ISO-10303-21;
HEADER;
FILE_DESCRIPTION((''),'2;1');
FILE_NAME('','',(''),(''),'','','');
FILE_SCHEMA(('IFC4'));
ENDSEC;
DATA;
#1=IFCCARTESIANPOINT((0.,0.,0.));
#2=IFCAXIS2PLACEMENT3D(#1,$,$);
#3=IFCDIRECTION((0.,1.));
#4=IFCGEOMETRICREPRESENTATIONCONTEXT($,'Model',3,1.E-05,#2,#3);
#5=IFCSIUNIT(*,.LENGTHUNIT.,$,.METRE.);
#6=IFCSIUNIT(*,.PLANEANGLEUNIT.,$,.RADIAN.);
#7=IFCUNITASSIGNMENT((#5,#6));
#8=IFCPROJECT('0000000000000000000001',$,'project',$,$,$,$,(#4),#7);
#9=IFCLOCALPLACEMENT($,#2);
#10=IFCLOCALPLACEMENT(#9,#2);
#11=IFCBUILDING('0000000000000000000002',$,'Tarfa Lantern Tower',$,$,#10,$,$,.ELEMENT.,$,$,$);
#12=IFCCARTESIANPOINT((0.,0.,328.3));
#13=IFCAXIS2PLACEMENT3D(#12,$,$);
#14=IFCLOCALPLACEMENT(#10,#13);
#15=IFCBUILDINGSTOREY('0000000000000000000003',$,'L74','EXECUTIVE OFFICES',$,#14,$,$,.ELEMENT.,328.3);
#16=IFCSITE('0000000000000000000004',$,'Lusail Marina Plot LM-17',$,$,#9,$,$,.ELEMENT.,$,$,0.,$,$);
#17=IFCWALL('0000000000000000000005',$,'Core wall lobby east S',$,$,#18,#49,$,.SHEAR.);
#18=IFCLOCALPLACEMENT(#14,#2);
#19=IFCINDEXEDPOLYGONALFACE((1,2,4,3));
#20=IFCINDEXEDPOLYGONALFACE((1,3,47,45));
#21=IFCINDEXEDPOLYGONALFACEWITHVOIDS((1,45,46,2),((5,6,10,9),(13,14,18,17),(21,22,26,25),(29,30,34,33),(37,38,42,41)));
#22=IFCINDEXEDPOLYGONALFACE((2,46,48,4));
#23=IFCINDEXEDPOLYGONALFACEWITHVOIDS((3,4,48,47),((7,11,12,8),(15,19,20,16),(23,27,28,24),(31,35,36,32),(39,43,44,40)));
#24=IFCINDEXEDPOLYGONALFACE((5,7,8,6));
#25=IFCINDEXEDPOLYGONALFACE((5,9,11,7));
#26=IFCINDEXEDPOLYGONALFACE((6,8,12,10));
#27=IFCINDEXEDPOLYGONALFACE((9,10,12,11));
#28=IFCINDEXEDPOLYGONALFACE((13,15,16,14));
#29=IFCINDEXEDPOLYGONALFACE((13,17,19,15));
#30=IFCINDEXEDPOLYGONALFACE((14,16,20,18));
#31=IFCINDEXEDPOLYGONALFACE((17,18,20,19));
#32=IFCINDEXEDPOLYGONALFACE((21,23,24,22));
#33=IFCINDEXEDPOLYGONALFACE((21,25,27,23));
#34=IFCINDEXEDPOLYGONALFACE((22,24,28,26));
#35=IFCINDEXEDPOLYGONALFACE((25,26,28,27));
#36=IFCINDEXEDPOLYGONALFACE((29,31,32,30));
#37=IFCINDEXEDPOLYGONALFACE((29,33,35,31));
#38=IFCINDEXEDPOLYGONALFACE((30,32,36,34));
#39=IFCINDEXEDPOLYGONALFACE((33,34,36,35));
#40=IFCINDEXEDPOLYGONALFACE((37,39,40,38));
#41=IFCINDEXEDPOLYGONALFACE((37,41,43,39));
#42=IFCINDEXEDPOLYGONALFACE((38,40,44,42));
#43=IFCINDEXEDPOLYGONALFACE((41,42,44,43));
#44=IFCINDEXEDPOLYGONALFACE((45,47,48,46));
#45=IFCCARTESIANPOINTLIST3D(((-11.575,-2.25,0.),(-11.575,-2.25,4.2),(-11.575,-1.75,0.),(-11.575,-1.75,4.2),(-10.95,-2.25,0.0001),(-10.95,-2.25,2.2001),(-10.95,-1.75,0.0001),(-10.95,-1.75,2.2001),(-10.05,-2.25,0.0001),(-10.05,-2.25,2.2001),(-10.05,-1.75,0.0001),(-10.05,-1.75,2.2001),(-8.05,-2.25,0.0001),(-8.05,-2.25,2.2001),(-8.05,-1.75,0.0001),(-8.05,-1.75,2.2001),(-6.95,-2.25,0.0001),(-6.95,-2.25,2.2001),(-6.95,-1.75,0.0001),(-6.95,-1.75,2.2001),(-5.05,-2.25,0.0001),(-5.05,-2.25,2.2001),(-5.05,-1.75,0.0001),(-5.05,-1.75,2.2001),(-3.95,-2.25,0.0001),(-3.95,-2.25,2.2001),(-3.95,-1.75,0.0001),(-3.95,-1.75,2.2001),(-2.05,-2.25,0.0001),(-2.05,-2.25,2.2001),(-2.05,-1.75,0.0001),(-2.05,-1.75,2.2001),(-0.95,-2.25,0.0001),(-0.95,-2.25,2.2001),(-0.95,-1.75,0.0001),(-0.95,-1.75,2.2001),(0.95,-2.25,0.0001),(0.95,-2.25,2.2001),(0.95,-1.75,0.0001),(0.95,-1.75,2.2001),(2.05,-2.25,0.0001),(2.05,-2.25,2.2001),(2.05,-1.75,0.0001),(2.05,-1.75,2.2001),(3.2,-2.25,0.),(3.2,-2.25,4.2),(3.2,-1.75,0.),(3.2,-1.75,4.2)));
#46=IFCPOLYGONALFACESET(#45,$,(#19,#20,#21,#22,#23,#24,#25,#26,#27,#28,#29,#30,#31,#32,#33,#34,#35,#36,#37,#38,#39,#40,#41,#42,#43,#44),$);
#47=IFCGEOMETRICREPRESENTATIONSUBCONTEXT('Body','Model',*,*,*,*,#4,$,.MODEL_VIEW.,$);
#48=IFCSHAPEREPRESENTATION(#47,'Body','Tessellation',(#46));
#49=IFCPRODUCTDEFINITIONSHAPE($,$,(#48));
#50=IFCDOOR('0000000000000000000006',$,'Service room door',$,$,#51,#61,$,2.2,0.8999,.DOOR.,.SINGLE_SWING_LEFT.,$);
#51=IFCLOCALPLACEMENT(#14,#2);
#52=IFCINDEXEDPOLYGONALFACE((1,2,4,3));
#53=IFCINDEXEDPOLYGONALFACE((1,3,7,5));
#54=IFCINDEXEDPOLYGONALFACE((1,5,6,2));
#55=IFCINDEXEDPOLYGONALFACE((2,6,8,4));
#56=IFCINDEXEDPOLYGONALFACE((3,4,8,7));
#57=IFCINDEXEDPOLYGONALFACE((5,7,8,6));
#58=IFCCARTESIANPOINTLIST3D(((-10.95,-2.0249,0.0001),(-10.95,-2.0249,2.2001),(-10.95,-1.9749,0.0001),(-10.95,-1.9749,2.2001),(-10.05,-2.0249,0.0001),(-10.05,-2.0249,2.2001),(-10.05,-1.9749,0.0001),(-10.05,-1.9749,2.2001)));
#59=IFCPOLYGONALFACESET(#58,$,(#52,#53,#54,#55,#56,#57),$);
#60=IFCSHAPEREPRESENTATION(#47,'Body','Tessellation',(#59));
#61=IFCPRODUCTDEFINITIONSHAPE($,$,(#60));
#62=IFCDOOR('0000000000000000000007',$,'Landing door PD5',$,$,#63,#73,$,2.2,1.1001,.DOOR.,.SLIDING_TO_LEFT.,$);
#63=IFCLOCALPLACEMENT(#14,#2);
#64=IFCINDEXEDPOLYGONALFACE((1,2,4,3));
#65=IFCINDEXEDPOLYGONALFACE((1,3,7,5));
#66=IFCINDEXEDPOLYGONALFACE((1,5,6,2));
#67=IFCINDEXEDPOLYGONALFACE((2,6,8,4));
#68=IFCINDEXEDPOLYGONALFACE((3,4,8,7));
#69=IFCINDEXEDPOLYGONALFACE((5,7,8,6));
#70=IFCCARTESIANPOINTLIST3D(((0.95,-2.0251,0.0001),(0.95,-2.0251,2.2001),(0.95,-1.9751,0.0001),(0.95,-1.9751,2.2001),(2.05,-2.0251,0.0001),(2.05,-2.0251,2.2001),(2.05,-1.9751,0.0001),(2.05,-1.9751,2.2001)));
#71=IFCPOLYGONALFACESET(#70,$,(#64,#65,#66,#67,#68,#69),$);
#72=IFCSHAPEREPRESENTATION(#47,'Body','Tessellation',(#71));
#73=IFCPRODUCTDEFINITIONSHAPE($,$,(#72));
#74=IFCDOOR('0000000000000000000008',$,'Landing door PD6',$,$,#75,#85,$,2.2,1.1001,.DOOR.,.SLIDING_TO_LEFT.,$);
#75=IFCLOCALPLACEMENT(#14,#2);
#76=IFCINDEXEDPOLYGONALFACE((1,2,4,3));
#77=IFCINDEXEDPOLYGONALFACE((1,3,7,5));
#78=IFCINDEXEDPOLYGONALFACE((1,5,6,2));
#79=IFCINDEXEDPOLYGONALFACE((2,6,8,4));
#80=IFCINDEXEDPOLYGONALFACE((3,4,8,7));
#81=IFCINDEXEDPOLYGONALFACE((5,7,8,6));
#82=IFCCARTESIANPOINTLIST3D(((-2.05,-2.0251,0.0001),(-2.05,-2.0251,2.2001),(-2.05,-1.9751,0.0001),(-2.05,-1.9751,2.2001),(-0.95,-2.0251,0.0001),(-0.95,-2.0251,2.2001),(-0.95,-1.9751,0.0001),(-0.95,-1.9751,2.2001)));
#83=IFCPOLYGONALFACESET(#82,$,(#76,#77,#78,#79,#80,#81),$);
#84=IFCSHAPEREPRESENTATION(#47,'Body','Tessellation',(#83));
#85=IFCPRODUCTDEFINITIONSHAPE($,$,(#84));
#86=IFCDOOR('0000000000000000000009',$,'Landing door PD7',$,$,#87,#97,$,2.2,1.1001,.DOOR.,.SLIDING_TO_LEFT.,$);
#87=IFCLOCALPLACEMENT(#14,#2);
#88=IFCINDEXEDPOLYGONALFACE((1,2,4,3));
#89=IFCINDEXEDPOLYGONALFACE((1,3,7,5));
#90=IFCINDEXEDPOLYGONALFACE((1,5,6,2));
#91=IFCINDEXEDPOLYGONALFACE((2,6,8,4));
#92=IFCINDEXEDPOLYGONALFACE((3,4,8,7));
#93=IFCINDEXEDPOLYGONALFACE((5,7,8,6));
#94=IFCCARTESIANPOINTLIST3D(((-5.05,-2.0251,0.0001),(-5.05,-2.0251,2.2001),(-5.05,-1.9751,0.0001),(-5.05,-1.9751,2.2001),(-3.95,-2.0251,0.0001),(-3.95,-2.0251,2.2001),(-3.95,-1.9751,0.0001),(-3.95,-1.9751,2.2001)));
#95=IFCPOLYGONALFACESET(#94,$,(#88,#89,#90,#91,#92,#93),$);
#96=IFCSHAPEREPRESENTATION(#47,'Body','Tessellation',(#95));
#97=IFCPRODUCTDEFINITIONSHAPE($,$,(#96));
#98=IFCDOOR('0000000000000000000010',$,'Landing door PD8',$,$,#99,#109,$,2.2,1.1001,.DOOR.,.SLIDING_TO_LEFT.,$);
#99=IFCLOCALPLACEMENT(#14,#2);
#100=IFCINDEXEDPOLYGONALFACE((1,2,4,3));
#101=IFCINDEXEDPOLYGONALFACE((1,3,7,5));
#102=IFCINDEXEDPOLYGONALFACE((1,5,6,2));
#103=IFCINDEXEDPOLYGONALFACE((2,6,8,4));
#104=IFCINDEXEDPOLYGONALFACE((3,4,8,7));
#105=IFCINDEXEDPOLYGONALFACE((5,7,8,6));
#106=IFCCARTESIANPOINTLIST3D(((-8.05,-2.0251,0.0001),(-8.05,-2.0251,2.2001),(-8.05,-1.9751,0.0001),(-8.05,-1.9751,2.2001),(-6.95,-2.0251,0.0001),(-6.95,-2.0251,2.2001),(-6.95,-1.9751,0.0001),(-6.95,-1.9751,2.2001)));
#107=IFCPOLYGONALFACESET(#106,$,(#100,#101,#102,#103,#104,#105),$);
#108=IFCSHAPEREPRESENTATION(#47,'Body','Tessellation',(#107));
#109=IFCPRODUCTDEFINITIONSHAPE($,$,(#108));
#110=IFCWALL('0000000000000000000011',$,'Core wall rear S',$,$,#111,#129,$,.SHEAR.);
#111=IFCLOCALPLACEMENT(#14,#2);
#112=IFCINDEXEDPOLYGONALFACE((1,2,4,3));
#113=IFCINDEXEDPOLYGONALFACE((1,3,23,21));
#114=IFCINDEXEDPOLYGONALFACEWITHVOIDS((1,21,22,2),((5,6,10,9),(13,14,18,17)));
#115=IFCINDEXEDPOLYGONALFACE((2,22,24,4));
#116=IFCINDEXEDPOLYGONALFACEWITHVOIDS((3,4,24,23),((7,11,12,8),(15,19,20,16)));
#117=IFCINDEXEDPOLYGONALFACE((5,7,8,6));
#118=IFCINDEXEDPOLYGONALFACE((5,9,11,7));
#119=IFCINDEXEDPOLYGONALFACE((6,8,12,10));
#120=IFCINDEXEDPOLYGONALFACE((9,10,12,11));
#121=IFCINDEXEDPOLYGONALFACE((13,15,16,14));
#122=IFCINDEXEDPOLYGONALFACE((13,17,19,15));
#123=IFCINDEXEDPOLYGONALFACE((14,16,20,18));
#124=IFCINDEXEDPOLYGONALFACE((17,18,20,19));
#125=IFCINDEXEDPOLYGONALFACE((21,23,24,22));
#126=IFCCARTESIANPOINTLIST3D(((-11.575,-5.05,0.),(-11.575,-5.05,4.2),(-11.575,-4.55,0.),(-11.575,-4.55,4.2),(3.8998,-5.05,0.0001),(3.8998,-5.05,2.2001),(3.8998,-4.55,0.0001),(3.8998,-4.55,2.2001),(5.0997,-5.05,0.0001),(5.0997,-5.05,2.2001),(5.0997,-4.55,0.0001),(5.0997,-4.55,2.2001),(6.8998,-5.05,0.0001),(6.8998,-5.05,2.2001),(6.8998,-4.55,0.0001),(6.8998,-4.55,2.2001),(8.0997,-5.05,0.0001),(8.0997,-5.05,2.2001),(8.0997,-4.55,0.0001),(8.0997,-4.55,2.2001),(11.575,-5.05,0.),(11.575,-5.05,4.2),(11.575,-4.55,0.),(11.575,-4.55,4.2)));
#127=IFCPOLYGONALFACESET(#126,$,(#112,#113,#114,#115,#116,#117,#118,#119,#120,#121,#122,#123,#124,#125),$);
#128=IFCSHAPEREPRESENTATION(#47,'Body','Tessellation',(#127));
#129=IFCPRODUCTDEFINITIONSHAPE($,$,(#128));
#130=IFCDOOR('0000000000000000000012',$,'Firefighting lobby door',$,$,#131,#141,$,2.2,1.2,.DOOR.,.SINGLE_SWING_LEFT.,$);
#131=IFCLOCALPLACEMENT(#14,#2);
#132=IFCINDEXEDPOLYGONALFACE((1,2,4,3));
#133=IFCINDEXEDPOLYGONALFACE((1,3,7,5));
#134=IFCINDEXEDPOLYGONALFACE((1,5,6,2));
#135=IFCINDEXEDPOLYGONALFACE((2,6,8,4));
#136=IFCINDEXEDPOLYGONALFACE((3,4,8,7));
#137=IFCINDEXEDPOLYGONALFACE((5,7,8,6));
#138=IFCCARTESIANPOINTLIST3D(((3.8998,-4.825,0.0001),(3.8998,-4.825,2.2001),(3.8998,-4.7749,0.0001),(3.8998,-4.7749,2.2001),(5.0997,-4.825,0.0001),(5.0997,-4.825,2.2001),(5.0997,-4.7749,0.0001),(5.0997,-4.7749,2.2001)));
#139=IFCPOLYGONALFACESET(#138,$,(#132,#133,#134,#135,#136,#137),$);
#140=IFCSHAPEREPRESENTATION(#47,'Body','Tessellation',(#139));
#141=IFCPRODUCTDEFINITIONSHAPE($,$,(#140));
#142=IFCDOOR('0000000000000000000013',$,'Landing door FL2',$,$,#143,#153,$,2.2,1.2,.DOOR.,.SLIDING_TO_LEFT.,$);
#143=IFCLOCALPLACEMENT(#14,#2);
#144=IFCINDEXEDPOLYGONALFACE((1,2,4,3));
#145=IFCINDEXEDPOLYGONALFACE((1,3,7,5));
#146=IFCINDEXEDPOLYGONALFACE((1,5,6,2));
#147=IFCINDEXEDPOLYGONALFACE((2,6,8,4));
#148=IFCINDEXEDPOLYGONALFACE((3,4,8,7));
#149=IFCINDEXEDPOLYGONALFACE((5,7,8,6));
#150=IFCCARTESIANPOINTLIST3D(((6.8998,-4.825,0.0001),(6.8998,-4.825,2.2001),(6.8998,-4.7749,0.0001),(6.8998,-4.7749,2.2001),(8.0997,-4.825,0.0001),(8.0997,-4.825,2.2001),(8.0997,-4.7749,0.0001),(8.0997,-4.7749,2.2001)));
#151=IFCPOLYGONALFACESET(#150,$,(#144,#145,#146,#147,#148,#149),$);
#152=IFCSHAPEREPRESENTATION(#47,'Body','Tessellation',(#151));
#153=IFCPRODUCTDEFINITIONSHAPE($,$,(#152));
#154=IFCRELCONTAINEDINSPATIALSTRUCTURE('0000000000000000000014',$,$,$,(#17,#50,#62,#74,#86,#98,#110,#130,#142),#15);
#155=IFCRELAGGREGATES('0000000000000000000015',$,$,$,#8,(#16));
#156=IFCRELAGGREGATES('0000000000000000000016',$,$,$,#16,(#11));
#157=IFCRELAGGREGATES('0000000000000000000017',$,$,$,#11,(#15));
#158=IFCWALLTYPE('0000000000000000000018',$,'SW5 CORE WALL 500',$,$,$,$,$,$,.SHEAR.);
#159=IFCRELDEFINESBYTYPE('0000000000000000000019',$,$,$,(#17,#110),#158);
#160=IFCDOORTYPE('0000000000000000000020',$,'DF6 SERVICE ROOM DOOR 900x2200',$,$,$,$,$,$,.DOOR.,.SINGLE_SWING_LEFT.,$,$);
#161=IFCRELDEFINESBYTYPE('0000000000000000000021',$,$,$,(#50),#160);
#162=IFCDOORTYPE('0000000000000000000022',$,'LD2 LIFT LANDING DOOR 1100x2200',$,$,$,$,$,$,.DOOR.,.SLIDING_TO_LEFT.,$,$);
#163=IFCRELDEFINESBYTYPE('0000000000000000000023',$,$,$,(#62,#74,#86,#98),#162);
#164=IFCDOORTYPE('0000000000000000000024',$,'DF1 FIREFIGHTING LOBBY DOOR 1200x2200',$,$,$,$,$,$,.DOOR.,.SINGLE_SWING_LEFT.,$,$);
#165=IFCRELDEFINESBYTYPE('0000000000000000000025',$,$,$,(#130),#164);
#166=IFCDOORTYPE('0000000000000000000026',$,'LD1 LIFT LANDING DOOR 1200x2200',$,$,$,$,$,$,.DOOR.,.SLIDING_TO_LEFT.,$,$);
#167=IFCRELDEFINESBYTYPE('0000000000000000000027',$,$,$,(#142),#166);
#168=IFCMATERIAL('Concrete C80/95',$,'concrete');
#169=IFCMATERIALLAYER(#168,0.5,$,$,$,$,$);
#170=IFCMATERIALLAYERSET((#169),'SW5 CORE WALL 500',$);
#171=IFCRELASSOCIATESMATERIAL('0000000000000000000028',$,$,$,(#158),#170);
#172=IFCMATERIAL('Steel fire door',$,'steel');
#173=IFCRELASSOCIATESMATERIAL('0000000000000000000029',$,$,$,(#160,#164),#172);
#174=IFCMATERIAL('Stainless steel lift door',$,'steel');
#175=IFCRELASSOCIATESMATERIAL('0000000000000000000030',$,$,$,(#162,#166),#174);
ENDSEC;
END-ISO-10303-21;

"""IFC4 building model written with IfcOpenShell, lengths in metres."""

from ifc_helpers import new_model, si_unit, direction, frame, frame_2d, origin, place, context, subcontext, project, spatial, rectangle, extrude, material, layer, layer_set, type_object, element, fill, save


model = new_model("IFC4")

# Units and contexts
model_context = context("Model", 3, precision=1e-05, world=origin(), true_north=direction((0.0, 1.0)))
body_context = subcontext(model_context, "Body", "Model", "MODEL_VIEW")
ifc_project = project(units=[si_unit("LENGTHUNIT", "METRE"), si_unit("PLANEANGLEUNIT", "RADIAN")], contexts=[model_context])

# Site, building, storey
site_placement = place(None, origin())
site = spatial("IfcSite", under=ifc_project, at=site_placement, Name="Lusail Marina Plot LM-17", CompositionType="ELEMENT", RefElevation=0.0)
building_placement = place(site_placement, origin())
building = spatial("IfcBuilding", under=site, at=building_placement, Name="Tarfa Lantern Tower", CompositionType="ELEMENT")
storey_placement = place(building_placement, frame((0.0, 0.0, 328.3)))
storey = spatial("IfcBuildingStorey", under=building, at=storey_placement, Name="L74", Description="EXECUTIVE OFFICES", CompositionType="ELEMENT", Elevation=328.3)

# Shared definitions
ifc_material_1 = material(Name="Concrete C80/95", Category="concrete")

# Shared definitions
ifc_layer_1 = layer(ifc_material_1, 0.5)
ifc_layer_set_1 = layer_set([ifc_layer_1], Name="SW5 CORE WALL 500")
wall_type_1 = type_object("IfcWallType", Name="SW5 CORE WALL 500", PredefinedType="SHEAR", material=ifc_layer_set_1)
ifc_material_2 = material(Name="Steel fire door", Category="steel")
door_type_1 = type_object("IfcDoorType", Name="DF6 SERVICE ROOM DOOR 900x2200", OperationType="SINGLE_SWING_LEFT", PredefinedType="DOOR", material=ifc_material_2)

# Walls, openings, doors
wall_1_placement = place(storey_placement, frame((3.2, -2.0, 0.0), z_axis=(0.0, 0.0, 1.0), x_axis=(-1.0, 0.0, 0.0)))
wall_1 = element("IfcWall", 1, at=wall_1_placement, inside=storey, type_object=wall_type_1, Name="Core wall lobby east S", PredefinedType="SHEAR", context=body_context, shape_type="SweptSolid", body=[
    extrude(rectangle(XDim=14.7749, YDim=0.5, at=frame_2d((7.3875, 0.0))), origin(), (0.0, 0.0, 1.0), 4.2),
])
opening_1_placement = place(wall_1_placement, frame((13.25, 0.0, 0.0)))
opening_1 = element("IfcOpeningElement", 2, at=opening_1_placement, cuts=wall_1, PredefinedType="OPENING", context=body_context, shape_type="SweptSolid", body=[
    extrude(rectangle(XDim=0.8999, YDim=2.2, at=frame_2d((0.45, 1.1001))), frame((0.0, 0.26, 0.0), z_axis=(0.0, -1.0, 0.0), x_axis=(1.0, 0.0, 0.0)), (0.0, 0.0, 1.0), 0.52),
])
opening_2_placement = place(wall_1_placement, frame((1.1499, 0.0, 0.0)))
opening_2 = element("IfcOpeningElement", 3, at=opening_2_placement, cuts=wall_1, PredefinedType="OPENING", context=body_context, shape_type="SweptSolid", body=[
    extrude(rectangle(XDim=1.1001, YDim=2.2, at=frame_2d((0.55, 1.1001))), frame((0.0, 0.26, 0.0), z_axis=(0.0, -1.0, 0.0), x_axis=(1.0, 0.0, 0.0)), (0.0, 0.0, 1.0), 0.52),
])
opening_3_placement = place(wall_1_placement, frame((4.1499, 0.0, 0.0)))
opening_3 = element("IfcOpeningElement", 4, at=opening_3_placement, cuts=wall_1, PredefinedType="OPENING", context=body_context, shape_type="SweptSolid", body=[
    extrude(rectangle(XDim=1.1001, YDim=2.2, at=frame_2d((0.55, 1.1001))), frame((0.0, 0.26, 0.0), z_axis=(0.0, -1.0, 0.0), x_axis=(1.0, 0.0, 0.0)), (0.0, 0.0, 1.0), 0.52),
])
opening_4_placement = place(wall_1_placement, frame((7.1499, 0.0, 0.0)))
opening_4 = element("IfcOpeningElement", 5, at=opening_4_placement, cuts=wall_1, PredefinedType="OPENING", context=body_context, shape_type="SweptSolid", body=[
    extrude(rectangle(XDim=1.1001, YDim=2.2, at=frame_2d((0.55, 1.1001))), frame((0.0, 0.26, 0.0), z_axis=(0.0, -1.0, 0.0), x_axis=(1.0, 0.0, 0.0)), (0.0, 0.0, 1.0), 0.52),
])
opening_5_placement = place(wall_1_placement, frame((10.1499, 0.0, 0.0)))
opening_5 = element("IfcOpeningElement", 6, at=opening_5_placement, cuts=wall_1, PredefinedType="OPENING", context=body_context, shape_type="SweptSolid", body=[
    extrude(rectangle(XDim=1.1001, YDim=2.2, at=frame_2d((0.55, 1.1001))), frame((0.0, 0.26, 0.0), z_axis=(0.0, -1.0, 0.0), x_axis=(1.0, 0.0, 0.0)), (0.0, 0.0, 1.0), 0.52),
])
door_1_placement = place(opening_1_placement, origin())
door_1 = element("IfcDoor", 7, at=door_1_placement, inside=storey, type_object=door_type_1, Name="Service room door", OperationType="SINGLE_SWING_LEFT", OverallHeight=2.2, OverallWidth=0.8999, PredefinedType="DOOR", context=body_context, shape_type="SweptSolid", body=[
    extrude(rectangle(XDim=0.8999, YDim=2.2, at=frame_2d((0.45, 1.1001))), frame((0.0, 0.0249, 0.0), z_axis=(0.0, -1.0, 0.0), x_axis=(1.0, 0.0, 0.0)), (0.0, 0.0, 1.0), 0.05),
])
fill(opening_1, door_1)
ifc_material_3 = material(Name="Stainless steel lift door", Category="steel")
door_type_2 = type_object("IfcDoorType", Name="LD2 LIFT LANDING DOOR 1100x2200", OperationType="SLIDING_TO_LEFT", PredefinedType="DOOR", material=ifc_material_3)
door_2_placement = place(opening_2_placement, frame((1.1001, 0.0, 0.0), z_axis=(0.0, 0.0, 1.0), x_axis=(-1.0, 0.0, 0.0)))
door_2 = element("IfcDoor", 8, at=door_2_placement, inside=storey, type_object=door_type_2, Name="Landing door PD5", OperationType="SLIDING_TO_LEFT", OverallHeight=2.2, OverallWidth=1.1001, PredefinedType="DOOR", context=body_context, shape_type="SweptSolid", body=[
    extrude(rectangle(XDim=1.1001, YDim=2.2, at=frame_2d((0.55, 1.1001))), frame((0.0, 0.0249, 0.0), z_axis=(0.0, -1.0, 0.0), x_axis=(1.0, 0.0, 0.0)), (0.0, 0.0, 1.0), 0.05),
])
fill(opening_2, door_2)
door_3_placement = place(opening_3_placement, frame((1.1001, 0.0, 0.0), z_axis=(0.0, 0.0, 1.0), x_axis=(-1.0, 0.0, 0.0)))
door_3 = element("IfcDoor", 9, at=door_3_placement, inside=storey, type_object=door_type_2, Name="Landing door PD6", OperationType="SLIDING_TO_LEFT", OverallHeight=2.2, OverallWidth=1.1001, PredefinedType="DOOR", context=body_context, shape_type="SweptSolid", body=[
    extrude(rectangle(XDim=1.1001, YDim=2.2, at=frame_2d((0.55, 1.1001))), frame((0.0, 0.0249, 0.0), z_axis=(0.0, -1.0, 0.0), x_axis=(1.0, 0.0, 0.0)), (0.0, 0.0, 1.0), 0.05),
])
fill(opening_3, door_3)
door_4_placement = place(opening_4_placement, frame((1.1001, 0.0, 0.0), z_axis=(0.0, 0.0, 1.0), x_axis=(-1.0, 0.0, 0.0)))
door_4 = element("IfcDoor", 10, at=door_4_placement, inside=storey, type_object=door_type_2, Name="Landing door PD7", OperationType="SLIDING_TO_LEFT", OverallHeight=2.2, OverallWidth=1.1001, PredefinedType="DOOR", context=body_context, shape_type="SweptSolid", body=[
    extrude(rectangle(XDim=1.1001, YDim=2.2, at=frame_2d((0.55, 1.1001))), frame((0.0, 0.0249, 0.0), z_axis=(0.0, -1.0, 0.0), x_axis=(1.0, 0.0, 0.0)), (0.0, 0.0, 1.0), 0.05),
])
fill(opening_4, door_4)
door_5_placement = place(opening_5_placement, frame((1.1001, 0.0, 0.0), z_axis=(0.0, 0.0, 1.0), x_axis=(-1.0, 0.0, 0.0)))
door_5 = element("IfcDoor", 11, at=door_5_placement, inside=storey, type_object=door_type_2, Name="Landing door PD8", OperationType="SLIDING_TO_LEFT", OverallHeight=2.2, OverallWidth=1.1001, PredefinedType="DOOR", context=body_context, shape_type="SweptSolid", body=[
    extrude(rectangle(XDim=1.1001, YDim=2.2, at=frame_2d((0.55, 1.1001))), frame((0.0, 0.0249, 0.0), z_axis=(0.0, -1.0, 0.0), x_axis=(1.0, 0.0, 0.0)), (0.0, 0.0, 1.0), 0.05),
])
fill(opening_5, door_5)
wall_2_placement = place(storey_placement, frame((11.575, -4.8, 0.0), z_axis=(0.0, 0.0, 1.0), x_axis=(-1.0, 0.0, 0.0)))
wall_2 = element("IfcWall", 12, at=wall_2_placement, inside=storey, type_object=wall_type_1, Name="Core wall rear S", PredefinedType="SHEAR", context=body_context, shape_type="SweptSolid", body=[
    extrude(rectangle(XDim=23.1499, YDim=0.5, at=frame_2d((11.575, 0.0))), origin(), (0.0, 0.0, 1.0), 4.2),
])
opening_6_placement = place(wall_2_placement, frame((6.4751, 0.0, 0.0)))
opening_6 = element("IfcOpeningElement", 13, at=opening_6_placement, cuts=wall_2, PredefinedType="OPENING", context=body_context, shape_type="SweptSolid", body=[
    extrude(rectangle(XDim=1.2, YDim=2.2, at=frame_2d((0.6001, 1.1001))), frame((0.0, 0.26, 0.0), z_axis=(0.0, -1.0, 0.0), x_axis=(1.0, 0.0, 0.0)), (0.0, 0.0, 1.0), 0.52),
])
opening_7_placement = place(wall_2_placement, frame((3.4751, 0.0, 0.0)))
opening_7 = element("IfcOpeningElement", 14, at=opening_7_placement, cuts=wall_2, PredefinedType="OPENING", context=body_context, shape_type="SweptSolid", body=[
    extrude(rectangle(XDim=1.2, YDim=2.2, at=frame_2d((0.6001, 1.1001))), frame((0.0, 0.26, 0.0), z_axis=(0.0, -1.0, 0.0), x_axis=(1.0, 0.0, 0.0)), (0.0, 0.0, 1.0), 0.52),
])
door_type_3 = type_object("IfcDoorType", Name="DF1 FIREFIGHTING LOBBY DOOR 1200x2200", OperationType="SINGLE_SWING_LEFT", PredefinedType="DOOR", material=ifc_material_2)
door_6_placement = place(opening_6_placement, origin())
door_6 = element("IfcDoor", 15, at=door_6_placement, inside=storey, type_object=door_type_3, Name="Firefighting lobby door", OperationType="SINGLE_SWING_LEFT", OverallHeight=2.2, OverallWidth=1.2, PredefinedType="DOOR", context=body_context, shape_type="SweptSolid", body=[
    extrude(rectangle(XDim=1.2, YDim=2.2, at=frame_2d((0.6001, 1.1001))), frame((0.0, 0.0249, 0.0), z_axis=(0.0, -1.0, 0.0), x_axis=(1.0, 0.0, 0.0)), (0.0, 0.0, 1.0), 0.05),
])
fill(opening_6, door_6)
door_type_4 = type_object("IfcDoorType", Name="LD1 LIFT LANDING DOOR 1200x2200", OperationType="SLIDING_TO_LEFT", PredefinedType="DOOR", material=ifc_material_3)
door_7_placement = place(opening_7_placement, origin())
door_7 = element("IfcDoor", 16, at=door_7_placement, inside=storey, type_object=door_type_4, Name="Landing door FL2", OperationType="SLIDING_TO_LEFT", OverallHeight=2.2, OverallWidth=1.2, PredefinedType="DOOR", context=body_context, shape_type="SweptSolid", body=[
    extrude(rectangle(XDim=1.2, YDim=2.2, at=frame_2d((0.6001, 1.1001))), frame((0.0, 0.0249, 0.0), z_axis=(0.0, -1.0, 0.0), x_axis=(1.0, 0.0, 0.0)), (0.0, 0.0, 1.0), 0.05),
])
fill(opening_7, door_7)

save(model, "model.ifc")
